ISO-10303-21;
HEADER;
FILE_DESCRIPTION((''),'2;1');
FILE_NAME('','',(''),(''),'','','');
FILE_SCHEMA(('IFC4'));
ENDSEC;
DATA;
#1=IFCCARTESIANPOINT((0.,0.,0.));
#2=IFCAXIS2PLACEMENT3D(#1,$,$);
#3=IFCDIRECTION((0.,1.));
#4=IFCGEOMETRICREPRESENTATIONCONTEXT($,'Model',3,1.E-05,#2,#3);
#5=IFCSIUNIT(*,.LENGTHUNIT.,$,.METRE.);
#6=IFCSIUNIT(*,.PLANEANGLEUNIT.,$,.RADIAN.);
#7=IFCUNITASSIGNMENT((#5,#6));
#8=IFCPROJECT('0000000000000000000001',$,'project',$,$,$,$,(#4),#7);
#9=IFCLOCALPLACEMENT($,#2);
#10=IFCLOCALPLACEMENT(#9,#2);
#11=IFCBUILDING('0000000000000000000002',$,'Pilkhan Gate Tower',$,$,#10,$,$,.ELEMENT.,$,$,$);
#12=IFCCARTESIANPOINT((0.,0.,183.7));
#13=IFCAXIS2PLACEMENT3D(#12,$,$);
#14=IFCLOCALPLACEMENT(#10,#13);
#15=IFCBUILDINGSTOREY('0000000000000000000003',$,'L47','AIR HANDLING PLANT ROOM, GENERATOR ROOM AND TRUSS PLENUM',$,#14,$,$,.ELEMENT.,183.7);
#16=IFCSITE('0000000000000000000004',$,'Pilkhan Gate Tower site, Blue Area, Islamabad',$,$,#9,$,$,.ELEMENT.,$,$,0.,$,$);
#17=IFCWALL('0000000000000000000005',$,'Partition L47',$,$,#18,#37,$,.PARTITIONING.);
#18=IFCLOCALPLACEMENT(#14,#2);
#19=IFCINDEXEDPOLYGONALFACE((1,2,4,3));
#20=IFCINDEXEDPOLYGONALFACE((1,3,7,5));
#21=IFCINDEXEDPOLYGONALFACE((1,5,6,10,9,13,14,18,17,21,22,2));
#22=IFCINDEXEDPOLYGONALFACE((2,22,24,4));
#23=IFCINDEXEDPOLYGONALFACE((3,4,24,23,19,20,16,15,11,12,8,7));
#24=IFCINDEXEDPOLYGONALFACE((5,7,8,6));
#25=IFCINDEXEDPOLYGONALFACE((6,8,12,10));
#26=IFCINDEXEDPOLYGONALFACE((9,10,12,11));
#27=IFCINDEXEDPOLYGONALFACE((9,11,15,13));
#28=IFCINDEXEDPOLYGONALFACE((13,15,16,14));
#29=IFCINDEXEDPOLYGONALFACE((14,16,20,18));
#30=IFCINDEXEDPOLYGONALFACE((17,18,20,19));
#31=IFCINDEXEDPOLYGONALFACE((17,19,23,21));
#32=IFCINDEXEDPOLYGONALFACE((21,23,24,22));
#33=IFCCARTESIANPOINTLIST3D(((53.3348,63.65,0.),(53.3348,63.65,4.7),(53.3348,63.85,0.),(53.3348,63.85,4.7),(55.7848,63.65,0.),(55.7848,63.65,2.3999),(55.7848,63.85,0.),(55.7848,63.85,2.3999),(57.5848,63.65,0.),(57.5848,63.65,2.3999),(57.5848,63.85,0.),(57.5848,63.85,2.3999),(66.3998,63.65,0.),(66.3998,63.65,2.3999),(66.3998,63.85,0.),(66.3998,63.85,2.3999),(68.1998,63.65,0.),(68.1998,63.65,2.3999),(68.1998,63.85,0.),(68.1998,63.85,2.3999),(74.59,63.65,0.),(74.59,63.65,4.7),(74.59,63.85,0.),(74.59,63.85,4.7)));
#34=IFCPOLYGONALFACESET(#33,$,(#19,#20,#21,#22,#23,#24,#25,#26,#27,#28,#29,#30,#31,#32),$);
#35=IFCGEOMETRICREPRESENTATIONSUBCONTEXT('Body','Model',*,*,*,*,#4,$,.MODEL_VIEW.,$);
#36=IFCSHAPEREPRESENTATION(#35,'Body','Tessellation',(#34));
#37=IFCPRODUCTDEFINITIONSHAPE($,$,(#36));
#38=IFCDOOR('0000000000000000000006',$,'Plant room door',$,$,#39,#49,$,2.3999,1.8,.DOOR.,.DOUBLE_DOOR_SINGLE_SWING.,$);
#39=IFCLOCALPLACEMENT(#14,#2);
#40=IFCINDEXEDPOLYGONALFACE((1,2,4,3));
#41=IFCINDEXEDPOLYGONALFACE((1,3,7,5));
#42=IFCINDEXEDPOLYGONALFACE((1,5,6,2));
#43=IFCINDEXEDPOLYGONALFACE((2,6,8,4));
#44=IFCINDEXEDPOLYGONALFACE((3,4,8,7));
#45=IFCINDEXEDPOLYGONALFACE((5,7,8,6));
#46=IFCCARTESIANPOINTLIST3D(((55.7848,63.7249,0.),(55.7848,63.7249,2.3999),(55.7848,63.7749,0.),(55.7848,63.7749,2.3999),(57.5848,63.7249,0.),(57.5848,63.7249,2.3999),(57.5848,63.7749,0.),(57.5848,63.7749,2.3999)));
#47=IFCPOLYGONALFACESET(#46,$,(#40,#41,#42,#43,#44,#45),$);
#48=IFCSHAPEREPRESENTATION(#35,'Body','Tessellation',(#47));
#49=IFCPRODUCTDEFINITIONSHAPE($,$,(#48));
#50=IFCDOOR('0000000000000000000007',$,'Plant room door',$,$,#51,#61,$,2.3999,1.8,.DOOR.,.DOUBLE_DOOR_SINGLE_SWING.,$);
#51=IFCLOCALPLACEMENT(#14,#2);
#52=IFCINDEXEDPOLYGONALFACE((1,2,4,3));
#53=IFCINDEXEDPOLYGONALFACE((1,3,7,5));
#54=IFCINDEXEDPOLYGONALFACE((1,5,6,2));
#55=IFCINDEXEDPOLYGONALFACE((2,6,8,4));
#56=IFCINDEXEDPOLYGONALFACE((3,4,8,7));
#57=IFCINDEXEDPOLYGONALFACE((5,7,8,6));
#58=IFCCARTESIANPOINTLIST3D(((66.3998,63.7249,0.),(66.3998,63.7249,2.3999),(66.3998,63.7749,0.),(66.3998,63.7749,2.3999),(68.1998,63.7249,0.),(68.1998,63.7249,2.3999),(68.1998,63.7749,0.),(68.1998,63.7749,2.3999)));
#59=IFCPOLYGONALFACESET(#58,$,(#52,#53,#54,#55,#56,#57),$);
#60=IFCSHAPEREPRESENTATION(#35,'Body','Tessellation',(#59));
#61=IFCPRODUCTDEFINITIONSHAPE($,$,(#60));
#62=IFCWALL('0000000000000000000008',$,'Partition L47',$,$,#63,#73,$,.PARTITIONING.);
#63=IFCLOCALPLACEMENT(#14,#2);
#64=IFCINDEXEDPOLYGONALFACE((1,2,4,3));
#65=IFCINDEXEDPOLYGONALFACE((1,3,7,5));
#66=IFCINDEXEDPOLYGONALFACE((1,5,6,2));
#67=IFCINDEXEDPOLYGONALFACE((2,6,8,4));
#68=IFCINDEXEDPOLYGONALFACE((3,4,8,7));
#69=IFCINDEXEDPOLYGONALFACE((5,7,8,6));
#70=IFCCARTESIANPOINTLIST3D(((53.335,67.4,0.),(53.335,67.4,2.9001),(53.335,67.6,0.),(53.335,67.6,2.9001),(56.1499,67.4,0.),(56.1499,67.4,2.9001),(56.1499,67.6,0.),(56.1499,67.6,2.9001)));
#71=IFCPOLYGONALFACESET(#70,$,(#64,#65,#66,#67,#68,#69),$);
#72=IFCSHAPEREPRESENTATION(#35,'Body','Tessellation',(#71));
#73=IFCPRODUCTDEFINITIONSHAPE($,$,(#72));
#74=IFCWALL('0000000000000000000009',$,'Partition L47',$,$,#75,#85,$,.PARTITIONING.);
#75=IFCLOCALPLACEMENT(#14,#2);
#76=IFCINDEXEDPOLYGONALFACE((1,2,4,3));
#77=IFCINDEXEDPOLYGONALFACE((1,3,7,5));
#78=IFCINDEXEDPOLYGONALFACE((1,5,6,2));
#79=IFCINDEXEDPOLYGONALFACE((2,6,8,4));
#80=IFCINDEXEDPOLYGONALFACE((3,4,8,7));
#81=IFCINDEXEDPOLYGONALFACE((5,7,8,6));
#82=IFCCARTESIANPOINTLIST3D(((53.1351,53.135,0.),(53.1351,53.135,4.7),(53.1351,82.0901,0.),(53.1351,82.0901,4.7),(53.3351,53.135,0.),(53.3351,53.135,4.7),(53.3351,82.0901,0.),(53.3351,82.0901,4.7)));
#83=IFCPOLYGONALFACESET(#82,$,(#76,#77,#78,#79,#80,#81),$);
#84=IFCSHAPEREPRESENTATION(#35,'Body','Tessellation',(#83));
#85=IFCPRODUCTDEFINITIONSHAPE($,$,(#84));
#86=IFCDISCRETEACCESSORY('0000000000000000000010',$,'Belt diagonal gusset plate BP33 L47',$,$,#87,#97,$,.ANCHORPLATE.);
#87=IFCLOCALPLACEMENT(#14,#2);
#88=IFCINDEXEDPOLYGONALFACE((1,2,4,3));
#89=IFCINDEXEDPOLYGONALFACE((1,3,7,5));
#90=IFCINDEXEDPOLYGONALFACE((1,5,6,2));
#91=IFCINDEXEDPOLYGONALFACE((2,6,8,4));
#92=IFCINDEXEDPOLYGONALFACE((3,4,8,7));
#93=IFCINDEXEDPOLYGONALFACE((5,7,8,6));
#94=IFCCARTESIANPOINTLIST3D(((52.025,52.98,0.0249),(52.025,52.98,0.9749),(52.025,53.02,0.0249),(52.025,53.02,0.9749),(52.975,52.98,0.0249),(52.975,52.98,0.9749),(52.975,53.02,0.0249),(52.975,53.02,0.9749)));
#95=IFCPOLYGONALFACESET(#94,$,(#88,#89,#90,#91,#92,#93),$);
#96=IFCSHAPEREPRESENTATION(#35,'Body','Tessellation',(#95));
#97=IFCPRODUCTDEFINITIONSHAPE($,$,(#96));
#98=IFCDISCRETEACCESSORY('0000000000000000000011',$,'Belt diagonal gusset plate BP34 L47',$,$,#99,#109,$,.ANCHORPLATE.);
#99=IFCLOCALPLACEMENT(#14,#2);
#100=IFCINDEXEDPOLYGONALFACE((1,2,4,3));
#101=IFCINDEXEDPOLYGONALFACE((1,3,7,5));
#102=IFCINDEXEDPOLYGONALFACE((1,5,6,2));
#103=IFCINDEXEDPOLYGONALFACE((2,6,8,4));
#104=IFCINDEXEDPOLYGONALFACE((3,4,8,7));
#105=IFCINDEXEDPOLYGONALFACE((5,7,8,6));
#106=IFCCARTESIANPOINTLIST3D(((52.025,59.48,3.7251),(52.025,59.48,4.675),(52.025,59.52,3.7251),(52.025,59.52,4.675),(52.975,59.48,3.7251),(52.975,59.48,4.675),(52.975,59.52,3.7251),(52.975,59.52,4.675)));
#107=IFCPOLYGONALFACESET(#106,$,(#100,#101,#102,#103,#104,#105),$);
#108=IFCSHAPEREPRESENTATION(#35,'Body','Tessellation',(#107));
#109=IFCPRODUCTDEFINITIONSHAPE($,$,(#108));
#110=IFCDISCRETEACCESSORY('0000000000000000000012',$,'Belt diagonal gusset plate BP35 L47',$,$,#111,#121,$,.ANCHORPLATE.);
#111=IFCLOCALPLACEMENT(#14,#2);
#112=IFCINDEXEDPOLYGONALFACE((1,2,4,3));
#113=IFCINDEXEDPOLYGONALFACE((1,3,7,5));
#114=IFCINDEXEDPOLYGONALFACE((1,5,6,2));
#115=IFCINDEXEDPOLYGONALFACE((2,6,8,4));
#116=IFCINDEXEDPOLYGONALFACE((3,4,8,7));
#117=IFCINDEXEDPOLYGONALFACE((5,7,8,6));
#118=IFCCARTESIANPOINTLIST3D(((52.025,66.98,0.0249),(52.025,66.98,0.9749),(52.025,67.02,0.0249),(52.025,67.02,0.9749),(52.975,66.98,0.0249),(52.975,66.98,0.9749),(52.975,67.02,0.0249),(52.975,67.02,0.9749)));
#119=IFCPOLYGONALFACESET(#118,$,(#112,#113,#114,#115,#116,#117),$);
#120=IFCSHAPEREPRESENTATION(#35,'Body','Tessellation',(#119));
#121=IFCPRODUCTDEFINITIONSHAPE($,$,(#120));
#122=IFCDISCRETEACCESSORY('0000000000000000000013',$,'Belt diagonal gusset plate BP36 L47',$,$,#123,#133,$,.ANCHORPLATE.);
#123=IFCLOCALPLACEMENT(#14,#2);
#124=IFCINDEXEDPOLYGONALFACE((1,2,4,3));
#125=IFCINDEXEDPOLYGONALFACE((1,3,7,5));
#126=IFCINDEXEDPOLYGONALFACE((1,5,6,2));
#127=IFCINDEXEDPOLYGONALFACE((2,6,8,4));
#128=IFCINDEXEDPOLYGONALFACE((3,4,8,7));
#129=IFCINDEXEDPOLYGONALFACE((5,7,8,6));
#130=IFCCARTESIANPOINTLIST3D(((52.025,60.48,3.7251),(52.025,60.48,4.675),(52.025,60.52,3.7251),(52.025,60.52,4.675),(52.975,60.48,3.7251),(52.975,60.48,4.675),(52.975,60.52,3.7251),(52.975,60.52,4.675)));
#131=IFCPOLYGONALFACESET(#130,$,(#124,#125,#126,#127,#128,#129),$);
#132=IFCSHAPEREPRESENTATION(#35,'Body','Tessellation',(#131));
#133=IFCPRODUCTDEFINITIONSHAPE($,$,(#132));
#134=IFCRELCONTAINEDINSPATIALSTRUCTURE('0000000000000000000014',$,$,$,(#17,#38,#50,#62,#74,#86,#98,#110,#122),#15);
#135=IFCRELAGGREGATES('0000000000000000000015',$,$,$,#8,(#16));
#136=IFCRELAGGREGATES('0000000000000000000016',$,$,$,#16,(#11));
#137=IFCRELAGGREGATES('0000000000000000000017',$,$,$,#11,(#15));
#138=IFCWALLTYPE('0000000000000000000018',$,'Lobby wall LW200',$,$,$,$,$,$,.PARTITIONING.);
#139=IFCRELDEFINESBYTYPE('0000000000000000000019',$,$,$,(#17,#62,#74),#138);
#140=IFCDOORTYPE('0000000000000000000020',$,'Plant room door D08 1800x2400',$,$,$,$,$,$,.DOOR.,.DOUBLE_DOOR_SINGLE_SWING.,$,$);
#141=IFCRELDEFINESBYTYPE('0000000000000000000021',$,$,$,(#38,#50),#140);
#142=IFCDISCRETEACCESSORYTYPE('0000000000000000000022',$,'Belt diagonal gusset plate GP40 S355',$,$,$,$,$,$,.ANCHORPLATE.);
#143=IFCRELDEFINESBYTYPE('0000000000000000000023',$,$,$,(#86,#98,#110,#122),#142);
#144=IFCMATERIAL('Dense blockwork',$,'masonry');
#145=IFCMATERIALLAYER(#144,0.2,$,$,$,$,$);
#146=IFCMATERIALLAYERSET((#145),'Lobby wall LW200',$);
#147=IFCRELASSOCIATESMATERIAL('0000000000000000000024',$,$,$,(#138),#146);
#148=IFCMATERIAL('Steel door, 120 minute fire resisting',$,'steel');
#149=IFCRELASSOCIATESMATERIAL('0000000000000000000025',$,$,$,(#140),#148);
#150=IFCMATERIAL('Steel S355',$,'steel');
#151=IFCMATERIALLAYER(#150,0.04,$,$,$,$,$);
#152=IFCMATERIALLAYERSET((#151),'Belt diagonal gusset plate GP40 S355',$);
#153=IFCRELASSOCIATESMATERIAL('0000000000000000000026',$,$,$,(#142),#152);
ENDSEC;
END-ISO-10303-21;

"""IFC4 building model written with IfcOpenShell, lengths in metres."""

from ifc_helpers import new_model, si_unit, direction, frame, frame_2d, origin, origin_2d, place, context, subcontext, project, spatial, rectangle, extrude, material, layer, layer_set, type_object, element, fill, save


model = new_model("IFC4")

# Units and contexts
model_context = context("Model", 3, precision=1e-05, world=origin(), true_north=direction((0.0, 1.0)))
body_context = subcontext(model_context, "Body", "Model", "MODEL_VIEW")
ifc_project = project(units=[si_unit("LENGTHUNIT", "METRE"), si_unit("PLANEANGLEUNIT", "RADIAN")], contexts=[model_context])

# Site, building, storey
site_placement = place(None, origin())
site = spatial("IfcSite", under=ifc_project, at=site_placement, Name="Pilkhan Gate Tower site, Blue Area, Islamabad", CompositionType="ELEMENT", RefElevation=0.0)
building_placement = place(site_placement, origin())
building = spatial("IfcBuilding", under=site, at=building_placement, Name="Pilkhan Gate Tower", CompositionType="ELEMENT")
storey_placement = place(building_placement, frame((0.0, 0.0, 183.7)))
storey = spatial("IfcBuildingStorey", under=building, at=storey_placement, Name="L47", Description="AIR HANDLING PLANT ROOM, GENERATOR ROOM AND TRUSS PLENUM", CompositionType="ELEMENT", Elevation=183.7)

# Shared definitions
ifc_material_1 = material(Name="Dense blockwork", Category="masonry")
ifc_layer_1 = layer(ifc_material_1, 0.2)
ifc_layer_set_1 = layer_set([ifc_layer_1], Name="Lobby wall LW200")
wall_type = type_object("IfcWallType", Name="Lobby wall LW200", PredefinedType="PARTITIONING", material=ifc_layer_set_1)

# Wall, openings, doors
wall_1_placement = place(storey_placement, frame((53.335, 63.75, 0.0), z_axis=(0.0, 0.0, 1.0), x_axis=(1.0, 0.0, 0.0)))
wall_1 = element("IfcWall", 1, at=wall_1_placement, inside=storey, type_object=wall_type, Name="Partition L47", PredefinedType="PARTITIONING", context=body_context, shape_type="SweptSolid", body=[
    extrude(rectangle(XDim=21.2551, YDim=0.2, at=frame_2d((10.6274, 0.0))), origin(), (0.0, 0.0, 1.0), 4.7),
])
opening_1_placement = place(wall_1_placement, frame((2.45, 0.0, 0.0)))
opening_1 = element("IfcOpeningElement", 2, at=opening_1_placement, cuts=wall_1, PredefinedType="OPENING", context=body_context, shape_type="SweptSolid", body=[
    extrude(rectangle(XDim=1.8, YDim=2.3999, at=frame_2d((0.8999, 1.2))), frame((0.0, 0.1099, 0.0), z_axis=(0.0, -1.0, 0.0), x_axis=(1.0, 0.0, 0.0)), (0.0, 0.0, 1.0), 0.22),
])
opening_2_placement = place(wall_1_placement, frame((13.0649, 0.0, 0.0)))
opening_2 = element("IfcOpeningElement", 3, at=opening_2_placement, cuts=wall_1, PredefinedType="OPENING", context=body_context, shape_type="SweptSolid", body=[
    extrude(rectangle(XDim=1.8, YDim=2.3999, at=frame_2d((0.8999, 1.2))), frame((0.0, 0.1099, 0.0), z_axis=(0.0, -1.0, 0.0), x_axis=(1.0, 0.0, 0.0)), (0.0, 0.0, 1.0), 0.22),
])
ifc_material_2 = material(Name="Steel door, 120 minute fire resisting", Category="steel")
door_type = type_object("IfcDoorType", Name="Plant room door D08 1800x2400", OperationType="DOUBLE_DOOR_SINGLE_SWING", PredefinedType="DOOR", material=ifc_material_2)
door_1_placement = place(opening_1_placement, origin())
door_1 = element("IfcDoor", 4, at=door_1_placement, inside=storey, type_object=door_type, Name="Plant room door", OperationType="DOUBLE_DOOR_SINGLE_SWING", OverallHeight=2.3999, OverallWidth=1.8, PredefinedType="DOOR", context=body_context, shape_type="SweptSolid", body=[
    extrude(rectangle(XDim=1.8, YDim=2.3999, at=frame_2d((0.8999, 1.2))), frame((0.0, 0.0249, 0.0), z_axis=(0.0, -1.0, 0.0), x_axis=(1.0, 0.0, 0.0)), (0.0, 0.0, 1.0), 0.05),
])
fill(opening_1, door_1)
door_2_placement = place(opening_2_placement, origin())
door_2 = element("IfcDoor", 5, at=door_2_placement, inside=storey, type_object=door_type, Name="Plant room door", OperationType="DOUBLE_DOOR_SINGLE_SWING", OverallHeight=2.3999, OverallWidth=1.8, PredefinedType="DOOR", context=body_context, shape_type="SweptSolid", body=[
    extrude(rectangle(XDim=1.8, YDim=2.3999, at=frame_2d((0.8999, 1.2))), frame((0.0, 0.0249, 0.0), z_axis=(0.0, -1.0, 0.0), x_axis=(1.0, 0.0, 0.0)), (0.0, 0.0, 1.0), 0.05),
])
fill(opening_2, door_2)

# Walls
wall_2_placement = place(storey_placement, frame((53.335, 67.5, 0.0), z_axis=(0.0, 0.0, 1.0), x_axis=(1.0, 0.0, 0.0)))
element("IfcWall", 6, at=wall_2_placement, inside=storey, type_object=wall_type, Name="Partition L47", PredefinedType="PARTITIONING", context=body_context, shape_type="SweptSolid", body=[
    extrude(rectangle(XDim=2.8149, YDim=0.2, at=frame_2d((1.4075, 0.0))), origin(), (0.0, 0.0, 1.0), 2.9001),
])
wall_3_placement = place(storey_placement, frame((53.2351, 53.135, 0.0), z_axis=(0.0, 0.0, 1.0), x_axis=(0.0, 1.0, 0.0)))
element("IfcWall", 7, at=wall_3_placement, inside=storey, type_object=wall_type, Name="Partition L47", PredefinedType="PARTITIONING", context=body_context, shape_type="SweptSolid", body=[
    extrude(rectangle(XDim=28.9551, YDim=0.2, at=frame_2d((14.4775, 0.0))), origin(), (0.0, 0.0, 1.0), 4.7),
])

# Discrete accessories
ifc_material_3 = material(Name="Steel S355", Category="steel")
ifc_layer_2 = layer(ifc_material_3, 0.04)
ifc_layer_set_2 = layer_set([ifc_layer_2], Name="Belt diagonal gusset plate GP40 S355")
discrete_accessory_type = type_object("IfcDiscreteAccessoryType", Name="Belt diagonal gusset plate GP40 S355", PredefinedType="ANCHORPLATE", material=ifc_layer_set_2)
for number, where, z_axis, x_axis, name in (
    (8, (52.5, 53.0, 0.0249), (0.0, 0.0, 1.0), (0.0, 1.0, 0.0), "Belt diagonal gusset plate BP33 L47"),
    (9, (52.5, 59.5, 3.7251), (0.0, 0.0, 1.0), (0.0, 1.0, 0.0), "Belt diagonal gusset plate BP34 L47"),
    (10, (52.5, 67.0, 0.0249), (0.0, 0.0, 1.0), (0.0, 1.0, 0.0), "Belt diagonal gusset plate BP35 L47"),
    (11, (52.5, 60.5, 3.7251), (0.0, 0.0, 1.0), (0.0, 1.0, 0.0), "Belt diagonal gusset plate BP36 L47"),
):
    element("IfcDiscreteAccessory", number, at=place(storey_placement, frame(where, z_axis=z_axis, x_axis=x_axis)), inside=storey, type_object=discrete_accessory_type, Name=name, PredefinedType="ANCHORPLATE", context=body_context, shape_type="SweptSolid", body=[
        extrude(rectangle(XDim=0.04, YDim=0.95, at=origin_2d()), origin(), (0.0, 0.0, 1.0), 0.95),
    ])

save(model, "model.ifc")
